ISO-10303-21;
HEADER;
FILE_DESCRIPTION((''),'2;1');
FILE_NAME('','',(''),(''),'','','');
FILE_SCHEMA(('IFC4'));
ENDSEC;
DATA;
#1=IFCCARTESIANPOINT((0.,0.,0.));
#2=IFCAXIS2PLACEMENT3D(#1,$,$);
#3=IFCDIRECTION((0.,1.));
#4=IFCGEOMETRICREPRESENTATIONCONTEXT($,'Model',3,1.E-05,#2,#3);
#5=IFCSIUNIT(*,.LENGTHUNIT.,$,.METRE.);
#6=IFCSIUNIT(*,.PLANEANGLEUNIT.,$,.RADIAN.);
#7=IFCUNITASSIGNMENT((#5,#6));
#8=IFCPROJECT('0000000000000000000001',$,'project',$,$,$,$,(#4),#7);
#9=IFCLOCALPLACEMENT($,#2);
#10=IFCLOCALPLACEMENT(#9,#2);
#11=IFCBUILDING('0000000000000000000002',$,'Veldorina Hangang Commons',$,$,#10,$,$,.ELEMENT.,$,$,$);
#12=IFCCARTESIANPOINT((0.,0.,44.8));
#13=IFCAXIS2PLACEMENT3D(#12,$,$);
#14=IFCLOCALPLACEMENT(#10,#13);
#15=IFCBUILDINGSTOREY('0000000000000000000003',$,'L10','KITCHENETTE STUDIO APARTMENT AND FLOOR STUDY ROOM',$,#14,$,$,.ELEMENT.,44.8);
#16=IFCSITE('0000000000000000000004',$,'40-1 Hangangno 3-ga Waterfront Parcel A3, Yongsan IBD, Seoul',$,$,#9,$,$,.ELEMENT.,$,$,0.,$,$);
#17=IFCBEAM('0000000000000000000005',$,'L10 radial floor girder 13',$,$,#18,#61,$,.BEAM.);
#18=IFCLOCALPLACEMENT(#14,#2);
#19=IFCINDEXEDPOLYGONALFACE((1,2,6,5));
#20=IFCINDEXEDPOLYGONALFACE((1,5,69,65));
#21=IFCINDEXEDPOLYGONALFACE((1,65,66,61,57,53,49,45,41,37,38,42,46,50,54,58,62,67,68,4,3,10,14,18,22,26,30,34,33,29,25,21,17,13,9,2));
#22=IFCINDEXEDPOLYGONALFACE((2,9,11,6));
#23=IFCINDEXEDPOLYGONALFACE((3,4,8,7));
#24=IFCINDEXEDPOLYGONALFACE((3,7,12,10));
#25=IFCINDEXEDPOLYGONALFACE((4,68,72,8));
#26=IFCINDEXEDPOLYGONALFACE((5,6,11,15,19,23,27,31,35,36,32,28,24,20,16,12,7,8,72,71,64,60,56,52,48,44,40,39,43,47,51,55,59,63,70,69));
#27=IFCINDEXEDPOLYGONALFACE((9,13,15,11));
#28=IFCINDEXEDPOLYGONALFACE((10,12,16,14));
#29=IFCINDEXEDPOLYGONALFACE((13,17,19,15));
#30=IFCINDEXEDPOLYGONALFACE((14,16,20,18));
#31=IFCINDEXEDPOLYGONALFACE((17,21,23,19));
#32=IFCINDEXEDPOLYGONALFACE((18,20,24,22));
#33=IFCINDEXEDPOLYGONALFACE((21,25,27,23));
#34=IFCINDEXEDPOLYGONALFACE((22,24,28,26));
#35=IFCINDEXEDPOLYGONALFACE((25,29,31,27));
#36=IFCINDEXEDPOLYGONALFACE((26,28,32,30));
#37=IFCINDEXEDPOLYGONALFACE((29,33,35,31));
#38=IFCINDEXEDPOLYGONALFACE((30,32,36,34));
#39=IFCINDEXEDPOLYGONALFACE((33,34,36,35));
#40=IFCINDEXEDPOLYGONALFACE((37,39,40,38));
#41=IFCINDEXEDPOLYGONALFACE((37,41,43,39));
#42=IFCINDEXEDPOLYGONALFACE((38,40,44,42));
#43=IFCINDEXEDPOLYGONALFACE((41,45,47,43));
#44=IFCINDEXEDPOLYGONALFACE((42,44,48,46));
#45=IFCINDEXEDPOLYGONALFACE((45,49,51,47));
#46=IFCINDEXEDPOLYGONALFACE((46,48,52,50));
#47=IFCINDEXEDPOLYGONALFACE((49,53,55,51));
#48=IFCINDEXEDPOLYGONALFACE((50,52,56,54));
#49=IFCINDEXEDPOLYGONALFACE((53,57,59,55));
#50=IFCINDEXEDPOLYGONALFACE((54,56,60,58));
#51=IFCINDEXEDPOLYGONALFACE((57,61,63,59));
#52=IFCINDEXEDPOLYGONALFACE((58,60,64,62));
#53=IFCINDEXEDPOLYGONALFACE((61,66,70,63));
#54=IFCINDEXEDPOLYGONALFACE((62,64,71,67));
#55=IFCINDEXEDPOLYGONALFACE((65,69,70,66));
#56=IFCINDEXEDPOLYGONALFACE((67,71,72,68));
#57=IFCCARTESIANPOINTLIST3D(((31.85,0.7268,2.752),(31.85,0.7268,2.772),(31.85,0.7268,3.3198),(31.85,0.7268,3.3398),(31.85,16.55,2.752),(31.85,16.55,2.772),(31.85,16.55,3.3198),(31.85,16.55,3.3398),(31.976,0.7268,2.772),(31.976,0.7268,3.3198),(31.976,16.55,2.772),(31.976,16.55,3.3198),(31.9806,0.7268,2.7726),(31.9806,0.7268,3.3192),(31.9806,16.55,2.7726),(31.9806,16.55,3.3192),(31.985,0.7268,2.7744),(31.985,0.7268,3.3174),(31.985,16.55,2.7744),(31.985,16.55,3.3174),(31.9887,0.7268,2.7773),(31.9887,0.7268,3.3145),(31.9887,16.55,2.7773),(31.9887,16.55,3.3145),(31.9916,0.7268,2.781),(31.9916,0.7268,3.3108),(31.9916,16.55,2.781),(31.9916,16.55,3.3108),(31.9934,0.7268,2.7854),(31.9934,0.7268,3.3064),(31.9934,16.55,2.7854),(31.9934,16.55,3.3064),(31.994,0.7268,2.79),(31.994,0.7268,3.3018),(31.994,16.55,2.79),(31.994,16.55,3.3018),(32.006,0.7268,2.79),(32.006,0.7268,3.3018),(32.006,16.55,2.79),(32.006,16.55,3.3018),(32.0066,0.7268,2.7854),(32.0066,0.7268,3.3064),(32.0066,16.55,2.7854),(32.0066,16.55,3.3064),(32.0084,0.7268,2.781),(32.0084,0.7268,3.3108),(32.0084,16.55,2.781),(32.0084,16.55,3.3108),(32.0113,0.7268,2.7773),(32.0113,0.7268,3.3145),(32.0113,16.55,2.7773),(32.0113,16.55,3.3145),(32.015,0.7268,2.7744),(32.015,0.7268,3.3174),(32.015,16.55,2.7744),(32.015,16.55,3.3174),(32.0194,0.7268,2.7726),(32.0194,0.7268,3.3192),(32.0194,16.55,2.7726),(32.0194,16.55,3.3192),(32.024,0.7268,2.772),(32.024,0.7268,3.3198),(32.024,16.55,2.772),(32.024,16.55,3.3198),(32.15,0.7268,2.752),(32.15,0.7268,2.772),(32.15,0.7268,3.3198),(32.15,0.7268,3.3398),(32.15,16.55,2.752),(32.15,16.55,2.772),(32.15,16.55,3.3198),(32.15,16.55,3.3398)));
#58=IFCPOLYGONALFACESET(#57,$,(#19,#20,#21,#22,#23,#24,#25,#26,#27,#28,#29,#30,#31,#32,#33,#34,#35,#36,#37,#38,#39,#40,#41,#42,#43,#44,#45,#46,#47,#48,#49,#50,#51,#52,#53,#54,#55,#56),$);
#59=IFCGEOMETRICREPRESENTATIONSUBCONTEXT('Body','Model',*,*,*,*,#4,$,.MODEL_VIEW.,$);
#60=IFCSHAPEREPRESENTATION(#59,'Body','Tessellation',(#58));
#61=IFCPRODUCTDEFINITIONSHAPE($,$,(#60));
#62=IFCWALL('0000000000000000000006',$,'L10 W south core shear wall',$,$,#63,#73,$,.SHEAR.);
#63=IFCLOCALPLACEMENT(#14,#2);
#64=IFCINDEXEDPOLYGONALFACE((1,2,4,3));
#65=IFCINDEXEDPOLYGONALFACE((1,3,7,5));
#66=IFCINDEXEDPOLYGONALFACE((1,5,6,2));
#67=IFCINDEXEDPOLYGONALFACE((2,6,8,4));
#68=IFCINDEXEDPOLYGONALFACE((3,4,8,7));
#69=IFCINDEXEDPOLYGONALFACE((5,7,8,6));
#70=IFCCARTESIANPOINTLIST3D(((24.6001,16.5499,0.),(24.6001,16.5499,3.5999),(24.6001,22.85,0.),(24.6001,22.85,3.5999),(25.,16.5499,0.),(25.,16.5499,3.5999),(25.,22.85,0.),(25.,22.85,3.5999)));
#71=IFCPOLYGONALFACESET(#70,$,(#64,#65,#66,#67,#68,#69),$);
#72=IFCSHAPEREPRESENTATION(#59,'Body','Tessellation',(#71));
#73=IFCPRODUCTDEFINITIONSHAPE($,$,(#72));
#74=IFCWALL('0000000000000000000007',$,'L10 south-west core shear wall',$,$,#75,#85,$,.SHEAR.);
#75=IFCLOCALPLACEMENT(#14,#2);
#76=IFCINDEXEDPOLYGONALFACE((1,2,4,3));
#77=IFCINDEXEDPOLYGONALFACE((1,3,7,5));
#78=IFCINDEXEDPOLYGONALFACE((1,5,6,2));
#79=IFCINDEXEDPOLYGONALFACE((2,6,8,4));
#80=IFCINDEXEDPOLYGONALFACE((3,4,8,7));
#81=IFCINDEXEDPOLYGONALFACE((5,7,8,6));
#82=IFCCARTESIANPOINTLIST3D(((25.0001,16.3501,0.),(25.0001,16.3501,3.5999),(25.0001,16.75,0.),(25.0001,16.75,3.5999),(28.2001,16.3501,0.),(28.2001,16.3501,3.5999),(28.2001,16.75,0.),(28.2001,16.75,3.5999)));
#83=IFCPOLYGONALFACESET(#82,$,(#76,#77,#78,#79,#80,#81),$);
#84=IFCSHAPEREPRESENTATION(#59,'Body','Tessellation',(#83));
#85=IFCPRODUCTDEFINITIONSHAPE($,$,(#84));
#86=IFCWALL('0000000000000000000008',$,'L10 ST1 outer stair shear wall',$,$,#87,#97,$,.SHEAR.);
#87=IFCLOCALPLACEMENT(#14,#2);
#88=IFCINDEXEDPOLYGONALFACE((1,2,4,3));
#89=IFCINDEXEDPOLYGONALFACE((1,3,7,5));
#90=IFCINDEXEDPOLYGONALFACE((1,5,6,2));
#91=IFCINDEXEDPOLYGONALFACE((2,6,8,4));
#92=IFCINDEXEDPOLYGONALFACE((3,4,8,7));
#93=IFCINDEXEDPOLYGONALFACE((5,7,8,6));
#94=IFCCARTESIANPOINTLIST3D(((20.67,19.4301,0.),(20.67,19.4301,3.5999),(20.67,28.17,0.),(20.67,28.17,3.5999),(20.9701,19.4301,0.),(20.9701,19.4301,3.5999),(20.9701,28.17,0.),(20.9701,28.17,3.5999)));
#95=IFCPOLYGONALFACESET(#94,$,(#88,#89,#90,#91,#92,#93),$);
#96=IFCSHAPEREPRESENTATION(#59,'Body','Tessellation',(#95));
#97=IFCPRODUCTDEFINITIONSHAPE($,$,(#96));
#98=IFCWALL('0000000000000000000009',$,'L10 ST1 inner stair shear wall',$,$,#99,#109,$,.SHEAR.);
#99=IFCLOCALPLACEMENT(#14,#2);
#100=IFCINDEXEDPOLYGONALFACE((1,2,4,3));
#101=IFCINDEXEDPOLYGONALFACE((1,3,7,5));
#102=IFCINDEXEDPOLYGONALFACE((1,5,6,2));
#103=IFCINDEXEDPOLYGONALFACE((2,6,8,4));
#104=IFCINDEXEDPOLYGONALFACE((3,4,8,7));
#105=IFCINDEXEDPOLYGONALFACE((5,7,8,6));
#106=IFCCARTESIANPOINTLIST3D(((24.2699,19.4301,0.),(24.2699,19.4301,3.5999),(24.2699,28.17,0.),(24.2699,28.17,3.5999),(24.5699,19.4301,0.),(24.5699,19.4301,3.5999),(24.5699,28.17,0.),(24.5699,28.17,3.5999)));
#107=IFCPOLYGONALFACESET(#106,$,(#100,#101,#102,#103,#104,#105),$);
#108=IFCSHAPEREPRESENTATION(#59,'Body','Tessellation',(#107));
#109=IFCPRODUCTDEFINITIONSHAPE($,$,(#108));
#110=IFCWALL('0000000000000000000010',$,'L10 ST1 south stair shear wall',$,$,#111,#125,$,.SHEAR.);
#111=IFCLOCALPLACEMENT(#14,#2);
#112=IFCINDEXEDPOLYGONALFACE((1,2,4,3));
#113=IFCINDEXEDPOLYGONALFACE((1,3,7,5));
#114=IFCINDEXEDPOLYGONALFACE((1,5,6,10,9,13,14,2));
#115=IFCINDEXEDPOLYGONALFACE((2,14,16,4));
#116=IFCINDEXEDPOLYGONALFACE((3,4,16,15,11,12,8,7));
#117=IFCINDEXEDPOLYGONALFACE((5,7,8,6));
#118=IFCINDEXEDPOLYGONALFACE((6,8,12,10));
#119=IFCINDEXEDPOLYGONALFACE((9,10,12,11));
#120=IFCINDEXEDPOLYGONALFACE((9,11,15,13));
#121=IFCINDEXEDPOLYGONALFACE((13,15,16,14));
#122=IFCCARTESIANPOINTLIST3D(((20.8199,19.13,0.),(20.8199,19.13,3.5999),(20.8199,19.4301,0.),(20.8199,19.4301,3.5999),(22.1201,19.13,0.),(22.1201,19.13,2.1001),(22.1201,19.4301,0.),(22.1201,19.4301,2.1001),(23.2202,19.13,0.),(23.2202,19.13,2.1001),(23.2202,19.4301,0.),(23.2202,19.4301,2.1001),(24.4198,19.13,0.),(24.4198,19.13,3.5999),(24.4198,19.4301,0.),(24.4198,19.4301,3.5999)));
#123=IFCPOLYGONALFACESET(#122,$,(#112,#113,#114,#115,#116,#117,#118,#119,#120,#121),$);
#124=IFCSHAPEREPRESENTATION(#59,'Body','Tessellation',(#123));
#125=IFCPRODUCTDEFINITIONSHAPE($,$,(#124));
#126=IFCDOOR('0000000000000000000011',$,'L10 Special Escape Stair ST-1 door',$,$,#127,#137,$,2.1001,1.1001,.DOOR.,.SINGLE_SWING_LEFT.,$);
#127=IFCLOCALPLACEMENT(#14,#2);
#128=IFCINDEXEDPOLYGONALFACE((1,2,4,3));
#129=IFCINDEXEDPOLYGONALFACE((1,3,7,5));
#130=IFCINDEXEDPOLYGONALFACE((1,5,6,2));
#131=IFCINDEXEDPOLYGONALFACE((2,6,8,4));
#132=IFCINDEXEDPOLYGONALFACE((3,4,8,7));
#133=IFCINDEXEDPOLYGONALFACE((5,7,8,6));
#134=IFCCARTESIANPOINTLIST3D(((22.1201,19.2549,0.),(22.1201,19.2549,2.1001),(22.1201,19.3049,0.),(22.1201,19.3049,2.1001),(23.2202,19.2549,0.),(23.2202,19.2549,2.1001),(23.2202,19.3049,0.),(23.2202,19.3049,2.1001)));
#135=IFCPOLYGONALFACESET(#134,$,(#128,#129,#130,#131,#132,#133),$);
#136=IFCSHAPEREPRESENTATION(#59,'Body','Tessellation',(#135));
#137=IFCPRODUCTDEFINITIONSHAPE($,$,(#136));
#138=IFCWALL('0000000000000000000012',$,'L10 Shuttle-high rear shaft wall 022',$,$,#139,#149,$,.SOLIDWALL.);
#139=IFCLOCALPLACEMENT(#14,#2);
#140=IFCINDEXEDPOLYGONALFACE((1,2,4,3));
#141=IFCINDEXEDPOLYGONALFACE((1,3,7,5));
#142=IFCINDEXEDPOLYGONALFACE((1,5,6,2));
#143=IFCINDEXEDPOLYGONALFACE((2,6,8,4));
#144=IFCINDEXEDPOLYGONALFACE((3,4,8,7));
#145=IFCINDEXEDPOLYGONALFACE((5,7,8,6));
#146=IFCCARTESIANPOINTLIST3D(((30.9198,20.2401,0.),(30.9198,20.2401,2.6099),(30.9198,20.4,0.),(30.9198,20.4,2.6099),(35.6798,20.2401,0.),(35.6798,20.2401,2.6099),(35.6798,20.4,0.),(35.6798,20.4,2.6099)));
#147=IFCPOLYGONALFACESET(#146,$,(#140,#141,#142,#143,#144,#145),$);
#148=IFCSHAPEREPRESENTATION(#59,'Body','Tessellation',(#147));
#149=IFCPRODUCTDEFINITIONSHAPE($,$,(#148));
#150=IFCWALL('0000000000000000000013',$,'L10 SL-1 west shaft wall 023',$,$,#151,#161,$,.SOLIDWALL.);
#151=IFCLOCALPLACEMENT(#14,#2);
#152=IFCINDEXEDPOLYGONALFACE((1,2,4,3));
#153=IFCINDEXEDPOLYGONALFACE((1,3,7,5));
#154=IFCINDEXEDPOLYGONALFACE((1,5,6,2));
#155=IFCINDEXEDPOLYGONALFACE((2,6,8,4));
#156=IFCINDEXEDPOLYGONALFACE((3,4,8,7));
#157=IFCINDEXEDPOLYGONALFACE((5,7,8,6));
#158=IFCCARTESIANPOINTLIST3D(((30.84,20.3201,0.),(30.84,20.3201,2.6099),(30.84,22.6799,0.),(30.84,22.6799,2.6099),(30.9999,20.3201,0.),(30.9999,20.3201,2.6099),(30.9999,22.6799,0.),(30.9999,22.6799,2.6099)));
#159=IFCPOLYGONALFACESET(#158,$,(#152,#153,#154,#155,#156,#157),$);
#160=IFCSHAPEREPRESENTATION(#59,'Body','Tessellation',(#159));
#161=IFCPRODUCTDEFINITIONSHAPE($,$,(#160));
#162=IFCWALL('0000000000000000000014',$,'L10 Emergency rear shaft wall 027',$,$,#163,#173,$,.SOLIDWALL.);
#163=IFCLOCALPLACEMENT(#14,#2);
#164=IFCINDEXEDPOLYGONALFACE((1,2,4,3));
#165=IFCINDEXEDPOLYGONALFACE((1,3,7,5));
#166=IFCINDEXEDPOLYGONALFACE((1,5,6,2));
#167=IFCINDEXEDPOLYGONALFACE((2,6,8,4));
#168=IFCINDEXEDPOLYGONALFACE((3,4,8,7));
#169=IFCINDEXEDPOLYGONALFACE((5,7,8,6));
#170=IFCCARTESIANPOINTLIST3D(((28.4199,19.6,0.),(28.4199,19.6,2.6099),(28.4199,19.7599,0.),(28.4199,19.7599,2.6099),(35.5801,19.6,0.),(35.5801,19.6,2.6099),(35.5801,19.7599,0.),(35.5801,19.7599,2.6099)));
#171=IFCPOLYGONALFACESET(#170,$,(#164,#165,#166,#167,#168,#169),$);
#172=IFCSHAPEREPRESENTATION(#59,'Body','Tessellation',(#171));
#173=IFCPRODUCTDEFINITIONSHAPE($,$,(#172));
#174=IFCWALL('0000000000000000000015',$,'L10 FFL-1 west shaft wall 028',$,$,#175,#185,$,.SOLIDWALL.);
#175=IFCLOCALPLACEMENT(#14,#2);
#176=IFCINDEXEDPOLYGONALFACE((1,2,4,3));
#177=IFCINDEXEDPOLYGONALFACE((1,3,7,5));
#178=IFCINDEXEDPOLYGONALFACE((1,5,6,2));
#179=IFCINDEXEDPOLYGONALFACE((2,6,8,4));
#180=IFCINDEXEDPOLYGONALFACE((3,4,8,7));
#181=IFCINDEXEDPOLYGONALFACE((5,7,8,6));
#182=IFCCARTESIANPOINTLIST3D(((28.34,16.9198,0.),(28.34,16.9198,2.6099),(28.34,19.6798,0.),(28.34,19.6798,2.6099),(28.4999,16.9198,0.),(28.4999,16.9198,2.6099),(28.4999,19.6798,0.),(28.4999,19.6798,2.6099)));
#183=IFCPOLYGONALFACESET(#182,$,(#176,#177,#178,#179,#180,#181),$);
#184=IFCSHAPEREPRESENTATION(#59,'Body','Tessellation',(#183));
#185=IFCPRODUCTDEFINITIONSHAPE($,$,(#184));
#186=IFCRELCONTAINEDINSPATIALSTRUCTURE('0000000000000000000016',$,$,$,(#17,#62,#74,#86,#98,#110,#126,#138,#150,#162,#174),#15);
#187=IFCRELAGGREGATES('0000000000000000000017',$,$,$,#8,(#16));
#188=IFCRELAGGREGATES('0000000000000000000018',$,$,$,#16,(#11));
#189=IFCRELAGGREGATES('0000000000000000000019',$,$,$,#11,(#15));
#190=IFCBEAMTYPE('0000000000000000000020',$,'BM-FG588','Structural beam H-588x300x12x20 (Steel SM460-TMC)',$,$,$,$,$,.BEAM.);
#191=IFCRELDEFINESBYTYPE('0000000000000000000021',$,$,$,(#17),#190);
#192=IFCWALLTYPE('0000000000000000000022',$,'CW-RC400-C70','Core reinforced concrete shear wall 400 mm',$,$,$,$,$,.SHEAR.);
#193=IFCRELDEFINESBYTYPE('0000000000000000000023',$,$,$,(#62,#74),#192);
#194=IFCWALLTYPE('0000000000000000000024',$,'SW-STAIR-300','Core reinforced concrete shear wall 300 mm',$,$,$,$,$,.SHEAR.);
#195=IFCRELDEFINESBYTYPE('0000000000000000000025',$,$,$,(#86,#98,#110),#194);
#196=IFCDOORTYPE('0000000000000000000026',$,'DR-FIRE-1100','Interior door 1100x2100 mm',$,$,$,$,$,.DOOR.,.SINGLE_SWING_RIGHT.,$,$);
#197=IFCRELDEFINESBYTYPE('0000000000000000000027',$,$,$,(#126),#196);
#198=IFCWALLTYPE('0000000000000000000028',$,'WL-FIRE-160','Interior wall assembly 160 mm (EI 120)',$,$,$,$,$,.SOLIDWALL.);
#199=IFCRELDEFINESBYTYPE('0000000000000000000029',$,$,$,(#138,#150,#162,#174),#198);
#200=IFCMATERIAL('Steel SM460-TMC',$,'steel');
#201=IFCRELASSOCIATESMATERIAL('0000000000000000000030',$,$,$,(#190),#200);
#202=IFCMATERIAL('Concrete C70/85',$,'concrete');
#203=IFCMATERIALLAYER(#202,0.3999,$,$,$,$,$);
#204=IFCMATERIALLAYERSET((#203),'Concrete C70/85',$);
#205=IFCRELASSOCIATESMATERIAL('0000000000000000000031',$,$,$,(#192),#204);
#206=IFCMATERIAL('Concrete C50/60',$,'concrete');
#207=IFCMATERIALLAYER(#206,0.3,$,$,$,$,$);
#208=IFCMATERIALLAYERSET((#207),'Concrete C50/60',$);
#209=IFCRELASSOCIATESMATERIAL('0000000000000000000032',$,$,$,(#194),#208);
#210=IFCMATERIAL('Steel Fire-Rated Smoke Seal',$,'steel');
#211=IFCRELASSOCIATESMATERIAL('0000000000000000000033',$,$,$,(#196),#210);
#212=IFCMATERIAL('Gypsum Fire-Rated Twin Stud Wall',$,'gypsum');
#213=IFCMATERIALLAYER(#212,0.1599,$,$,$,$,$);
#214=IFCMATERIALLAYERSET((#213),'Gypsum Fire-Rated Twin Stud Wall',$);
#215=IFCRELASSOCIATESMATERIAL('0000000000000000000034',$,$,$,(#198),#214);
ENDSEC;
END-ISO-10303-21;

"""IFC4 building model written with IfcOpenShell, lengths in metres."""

from ifc_helpers import new_model, si_unit, direction, frame, frame_2d, origin, origin_2d, place, context, subcontext, project, spatial, rectangle, i_section, extrude, material, layer, layer_set, material_profile, profile_set, type_object, element, fill, save


model = new_model("IFC4")

# Units and contexts
model_context = context("Model", 3, precision=1e-05, world=origin(), true_north=direction((0.0, 1.0)))
body_context = subcontext(model_context, "Body", "Model", "MODEL_VIEW")
ifc_project = project(units=[si_unit("LENGTHUNIT", "METRE"), si_unit("PLANEANGLEUNIT", "RADIAN")], contexts=[model_context])

# Site, building, storey
site_placement = place(None, origin())
site = spatial("IfcSite", under=ifc_project, at=site_placement, Name="40-1 Hangangno 3-ga Waterfront Parcel A3, Yongsan IBD, Seoul", CompositionType="ELEMENT", RefElevation=0.0)
building_placement = place(site_placement, origin())
building = spatial("IfcBuilding", under=site, at=building_placement, Name="Veldorina Hangang Commons", CompositionType="ELEMENT")
storey_placement = place(building_placement, frame((0.0, 0.0, 44.8)))
storey = spatial("IfcBuildingStorey", under=building, at=storey_placement, Name="L10", Description="KITCHENETTE STUDIO APARTMENT AND FLOOR STUDY ROOM", CompositionType="ELEMENT", Elevation=44.8)

# Beam
ifc_material_1 = material(Name="Concrete C70/85", Category="concrete")
ifc_material_2 = material(Name="Steel SM460-TMC", Category="steel")
ifc_material_profile_1 = material_profile(ifc_material_2, i_section(OverallWidth=0.3, OverallDepth=0.5879, WebThickness=0.012, FlangeThickness=0.02, FilletRadius=0.0181, at=origin_2d()), Name="H-588x300x12x20")
ifc_profile_set_1 = profile_set([ifc_material_profile_1], Name="Steel SM460-TMC")
beam_type_1 = type_object("IfcBeamType", Name="BM-FG588", Description="Structural beam H-588x300x12x20 (Steel SM460-TMC)", PredefinedType="BEAM", material=ifc_profile_set_1)
beam_1_placement = place(storey_placement, frame((32.0, 16.55, 3.0459), z_axis=(0.0, -1.0, 0.0), x_axis=(1.0, 0.0, 0.0)))
element("IfcBeam", 1, at=beam_1_placement, inside=storey, type_object=beam_type_1, Name="L10 radial floor girder 13", PredefinedType="BEAM", context=body_context, shape_type="SweptSolid", body=[
    extrude(i_section(OverallWidth=0.3, OverallDepth=0.5879, WebThickness=0.012, FlangeThickness=0.02, FilletRadius=0.0181, at=origin_2d()), origin(), (0.0, 0.0, 1.0), 15.8232),
])

# Walls
ifc_layer_1 = layer(ifc_material_1, 0.3999)
ifc_layer_set_1 = layer_set([ifc_layer_1], Name="Concrete C70/85")
wall_type_1 = type_object("IfcWallType", Name="CW-RC400-C70", Description="Core reinforced concrete shear wall 400 mm", PredefinedType="SHEAR", material=ifc_layer_set_1)
wall_1_placement = place(storey_placement, frame((24.8, 16.55, 0.0), z_axis=(0.0, 0.0, 1.0), x_axis=(0.0, 1.0, 0.0)))
element("IfcWall", 2, at=wall_1_placement, inside=storey, type_object=wall_type_1, Name="L10 W south core shear wall", PredefinedType="SHEAR", context=body_context, shape_type="SweptSolid", body=[
    extrude(rectangle(XDim=6.3, YDim=0.3999, at=frame_2d((3.1499, 0.0))), origin(), (0.0, 0.0, 1.0), 3.5999),
])
wall_2_placement = place(storey_placement, frame((25.0, 16.55, 0.0), z_axis=(0.0, 0.0, 1.0), x_axis=(1.0, 0.0, 0.0)))
element("IfcWall", 3, at=wall_2_placement, inside=storey, type_object=wall_type_1, Name="L10 south-west core shear wall", PredefinedType="SHEAR", context=body_context, shape_type="SweptSolid", body=[
    extrude(rectangle(XDim=3.2, YDim=0.3999, at=frame_2d((1.6001, 0.0))), origin(), (0.0, 0.0, 1.0), 3.5999),
])
ifc_material_3 = material(Name="Concrete C50/60", Category="concrete")
ifc_layer_2 = layer(ifc_material_3, 0.3)
ifc_layer_set_2 = layer_set([ifc_layer_2], Name="Concrete C50/60")
wall_type_2 = type_object("IfcWallType", Name="SW-STAIR-300", Description="Core reinforced concrete shear wall 300 mm", PredefinedType="SHEAR", material=ifc_layer_set_2)
for number, where, z_axis, x_axis, name in (
    (4, (20.8201, 19.4299, 0.0), (0.0, 0.0, 1.0), (0.0, 1.0, 0.0), "L10 ST1 outer stair shear wall"),
    (5, (24.4199, 19.4299, 0.0), (0.0, 0.0, 1.0), (0.0, 1.0, 0.0), "L10 ST1 inner stair shear wall"),
):
    element("IfcWall", number, at=place(storey_placement, frame(where, z_axis=z_axis, x_axis=x_axis)), inside=storey, type_object=wall_type_2, Name=name, PredefinedType="SHEAR", context=body_context, shape_type="SweptSolid", body=[
        extrude(rectangle(XDim=8.74, YDim=0.3, at=frame_2d((4.3701, 0.0))), origin(), (0.0, 0.0, 1.0), 3.5999),
    ])

# Wall, opening, door
wall_3_placement = place(storey_placement, frame((20.8201, 19.28, 0.0), z_axis=(0.0, 0.0, 1.0), x_axis=(1.0, 0.0, 0.0)))
wall_3 = element("IfcWall", 6, at=wall_3_placement, inside=storey, type_object=wall_type_2, Name="L10 ST1 south stair shear wall", PredefinedType="SHEAR", context=body_context, shape_type="SweptSolid", body=[
    extrude(rectangle(XDim=3.5999, YDim=0.3, at=frame_2d((1.7998, 0.0))), origin(), (0.0, 0.0, 1.0), 3.5999),
])
opening_1_placement = place(wall_3_placement, frame((1.3, 0.0, 0.0)))
opening_1 = element("IfcOpeningElement", 7, at=opening_1_placement, cuts=wall_3, PredefinedType="OPENING", context=body_context, shape_type="SweptSolid", body=[
    extrude(rectangle(XDim=1.1001, YDim=2.1001, at=frame_2d((0.55, 1.05))), frame((0.0, 0.1602, 0.0), z_axis=(0.0, -1.0, 0.0), x_axis=(1.0, 0.0, 0.0)), (0.0, 0.0, 1.0), 0.3201),
])
ifc_material_4 = material(Name="Steel Fire-Rated Smoke Seal", Category="steel")
door_type_1 = type_object("IfcDoorType", Name="DR-FIRE-1100", Description="Interior door 1100x2100 mm", OperationType="SINGLE_SWING_RIGHT", PredefinedType="DOOR", material=ifc_material_4)
door_1_placement = place(opening_1_placement, origin())
door_1 = element("IfcDoor", 8, at=door_1_placement, inside=storey, type_object=door_type_1, Name="L10 Special Escape Stair ST-1 door", OperationType="SINGLE_SWING_LEFT", OverallHeight=2.1001, OverallWidth=1.1001, PredefinedType="DOOR", context=body_context, shape_type="SweptSolid", body=[
    extrude(rectangle(XDim=1.1001, YDim=2.1001, at=frame_2d((0.55, 1.05))), frame((0.0, 0.0249, 0.0), z_axis=(0.0, -1.0, 0.0), x_axis=(1.0, 0.0, 0.0)), (0.0, 0.0, 1.0), 0.05),
])
fill(opening_1, door_1)

# Walls
ifc_material_5 = material(Name="Gypsum Fire-Rated Twin Stud Wall", Category="gypsum")
ifc_layer_3 = layer(ifc_material_5, 0.1599)
ifc_layer_set_3 = layer_set([ifc_layer_3], Name="Gypsum Fire-Rated Twin Stud Wall")
wall_type_3 = type_object("IfcWallType", Name="WL-FIRE-160", Description="Interior wall assembly 160 mm (EI 120)", PredefinedType="SOLIDWALL", material=ifc_layer_set_3)
wall_4_placement = place(storey_placement, frame((30.9199, 20.3201, 0.0), z_axis=(0.0, 0.0, 1.0), x_axis=(1.0, 0.0, 0.0)))
element("IfcWall", 9, at=wall_4_placement, inside=storey, type_object=wall_type_3, Name="L10 Shuttle-high rear shaft wall 022", PredefinedType="SOLIDWALL", context=body_context, shape_type="SweptSolid", body=[
    extrude(rectangle(XDim=4.76, YDim=0.1599, at=frame_2d((2.3799, 0.0))), origin(), (0.0, 0.0, 1.0), 2.6099),
])
wall_5_placement = place(storey_placement, frame((30.9199, 20.3201, 0.0), z_axis=(0.0, 0.0, 1.0), x_axis=(0.0, 1.0, 0.0)))
element("IfcWall", 10, at=wall_5_placement, inside=storey, type_object=wall_type_3, Name="L10 SL-1 west shaft wall 023", PredefinedType="SOLIDWALL", context=body_context, shape_type="SweptSolid", body=[
    extrude(rectangle(XDim=2.3599, YDim=0.1599, at=frame_2d((1.1799, 0.0))), origin(), (0.0, 0.0, 1.0), 2.6099),
])

# Walls
wall_6_placement = place(storey_placement, frame((28.4199, 19.6799, 0.0), z_axis=(0.0, 0.0, 1.0), x_axis=(1.0, 0.0, 0.0)))
element("IfcWall", 11, at=wall_6_placement, inside=storey, type_object=wall_type_3, Name="L10 Emergency rear shaft wall 027", PredefinedType="SOLIDWALL", context=body_context, shape_type="SweptSolid", body=[
    extrude(rectangle(XDim=7.1602, YDim=0.1599, at=frame_2d((3.5801, 0.0))), origin(), (0.0, 0.0, 1.0), 2.6099),
])
for number, where, z_axis, x_axis, name in (
    (12, (28.4199, 16.9199, 0.0), (0.0, 0.0, 1.0), (0.0, 1.0, 0.0), "L10 FFL-1 west shaft wall 028"),
):
    element("IfcWall", number, at=place(storey_placement, frame(where, z_axis=z_axis, x_axis=x_axis)), inside=storey, type_object=wall_type_3, Name=name, PredefinedType="SOLIDWALL", context=body_context, shape_type="SweptSolid", body=[
        extrude(rectangle(XDim=2.76, YDim=0.1599, at=frame_2d((1.3799, 0.0))), origin(), (0.0, 0.0, 1.0), 2.6099),
    ])

save(model, "model.ifc")
